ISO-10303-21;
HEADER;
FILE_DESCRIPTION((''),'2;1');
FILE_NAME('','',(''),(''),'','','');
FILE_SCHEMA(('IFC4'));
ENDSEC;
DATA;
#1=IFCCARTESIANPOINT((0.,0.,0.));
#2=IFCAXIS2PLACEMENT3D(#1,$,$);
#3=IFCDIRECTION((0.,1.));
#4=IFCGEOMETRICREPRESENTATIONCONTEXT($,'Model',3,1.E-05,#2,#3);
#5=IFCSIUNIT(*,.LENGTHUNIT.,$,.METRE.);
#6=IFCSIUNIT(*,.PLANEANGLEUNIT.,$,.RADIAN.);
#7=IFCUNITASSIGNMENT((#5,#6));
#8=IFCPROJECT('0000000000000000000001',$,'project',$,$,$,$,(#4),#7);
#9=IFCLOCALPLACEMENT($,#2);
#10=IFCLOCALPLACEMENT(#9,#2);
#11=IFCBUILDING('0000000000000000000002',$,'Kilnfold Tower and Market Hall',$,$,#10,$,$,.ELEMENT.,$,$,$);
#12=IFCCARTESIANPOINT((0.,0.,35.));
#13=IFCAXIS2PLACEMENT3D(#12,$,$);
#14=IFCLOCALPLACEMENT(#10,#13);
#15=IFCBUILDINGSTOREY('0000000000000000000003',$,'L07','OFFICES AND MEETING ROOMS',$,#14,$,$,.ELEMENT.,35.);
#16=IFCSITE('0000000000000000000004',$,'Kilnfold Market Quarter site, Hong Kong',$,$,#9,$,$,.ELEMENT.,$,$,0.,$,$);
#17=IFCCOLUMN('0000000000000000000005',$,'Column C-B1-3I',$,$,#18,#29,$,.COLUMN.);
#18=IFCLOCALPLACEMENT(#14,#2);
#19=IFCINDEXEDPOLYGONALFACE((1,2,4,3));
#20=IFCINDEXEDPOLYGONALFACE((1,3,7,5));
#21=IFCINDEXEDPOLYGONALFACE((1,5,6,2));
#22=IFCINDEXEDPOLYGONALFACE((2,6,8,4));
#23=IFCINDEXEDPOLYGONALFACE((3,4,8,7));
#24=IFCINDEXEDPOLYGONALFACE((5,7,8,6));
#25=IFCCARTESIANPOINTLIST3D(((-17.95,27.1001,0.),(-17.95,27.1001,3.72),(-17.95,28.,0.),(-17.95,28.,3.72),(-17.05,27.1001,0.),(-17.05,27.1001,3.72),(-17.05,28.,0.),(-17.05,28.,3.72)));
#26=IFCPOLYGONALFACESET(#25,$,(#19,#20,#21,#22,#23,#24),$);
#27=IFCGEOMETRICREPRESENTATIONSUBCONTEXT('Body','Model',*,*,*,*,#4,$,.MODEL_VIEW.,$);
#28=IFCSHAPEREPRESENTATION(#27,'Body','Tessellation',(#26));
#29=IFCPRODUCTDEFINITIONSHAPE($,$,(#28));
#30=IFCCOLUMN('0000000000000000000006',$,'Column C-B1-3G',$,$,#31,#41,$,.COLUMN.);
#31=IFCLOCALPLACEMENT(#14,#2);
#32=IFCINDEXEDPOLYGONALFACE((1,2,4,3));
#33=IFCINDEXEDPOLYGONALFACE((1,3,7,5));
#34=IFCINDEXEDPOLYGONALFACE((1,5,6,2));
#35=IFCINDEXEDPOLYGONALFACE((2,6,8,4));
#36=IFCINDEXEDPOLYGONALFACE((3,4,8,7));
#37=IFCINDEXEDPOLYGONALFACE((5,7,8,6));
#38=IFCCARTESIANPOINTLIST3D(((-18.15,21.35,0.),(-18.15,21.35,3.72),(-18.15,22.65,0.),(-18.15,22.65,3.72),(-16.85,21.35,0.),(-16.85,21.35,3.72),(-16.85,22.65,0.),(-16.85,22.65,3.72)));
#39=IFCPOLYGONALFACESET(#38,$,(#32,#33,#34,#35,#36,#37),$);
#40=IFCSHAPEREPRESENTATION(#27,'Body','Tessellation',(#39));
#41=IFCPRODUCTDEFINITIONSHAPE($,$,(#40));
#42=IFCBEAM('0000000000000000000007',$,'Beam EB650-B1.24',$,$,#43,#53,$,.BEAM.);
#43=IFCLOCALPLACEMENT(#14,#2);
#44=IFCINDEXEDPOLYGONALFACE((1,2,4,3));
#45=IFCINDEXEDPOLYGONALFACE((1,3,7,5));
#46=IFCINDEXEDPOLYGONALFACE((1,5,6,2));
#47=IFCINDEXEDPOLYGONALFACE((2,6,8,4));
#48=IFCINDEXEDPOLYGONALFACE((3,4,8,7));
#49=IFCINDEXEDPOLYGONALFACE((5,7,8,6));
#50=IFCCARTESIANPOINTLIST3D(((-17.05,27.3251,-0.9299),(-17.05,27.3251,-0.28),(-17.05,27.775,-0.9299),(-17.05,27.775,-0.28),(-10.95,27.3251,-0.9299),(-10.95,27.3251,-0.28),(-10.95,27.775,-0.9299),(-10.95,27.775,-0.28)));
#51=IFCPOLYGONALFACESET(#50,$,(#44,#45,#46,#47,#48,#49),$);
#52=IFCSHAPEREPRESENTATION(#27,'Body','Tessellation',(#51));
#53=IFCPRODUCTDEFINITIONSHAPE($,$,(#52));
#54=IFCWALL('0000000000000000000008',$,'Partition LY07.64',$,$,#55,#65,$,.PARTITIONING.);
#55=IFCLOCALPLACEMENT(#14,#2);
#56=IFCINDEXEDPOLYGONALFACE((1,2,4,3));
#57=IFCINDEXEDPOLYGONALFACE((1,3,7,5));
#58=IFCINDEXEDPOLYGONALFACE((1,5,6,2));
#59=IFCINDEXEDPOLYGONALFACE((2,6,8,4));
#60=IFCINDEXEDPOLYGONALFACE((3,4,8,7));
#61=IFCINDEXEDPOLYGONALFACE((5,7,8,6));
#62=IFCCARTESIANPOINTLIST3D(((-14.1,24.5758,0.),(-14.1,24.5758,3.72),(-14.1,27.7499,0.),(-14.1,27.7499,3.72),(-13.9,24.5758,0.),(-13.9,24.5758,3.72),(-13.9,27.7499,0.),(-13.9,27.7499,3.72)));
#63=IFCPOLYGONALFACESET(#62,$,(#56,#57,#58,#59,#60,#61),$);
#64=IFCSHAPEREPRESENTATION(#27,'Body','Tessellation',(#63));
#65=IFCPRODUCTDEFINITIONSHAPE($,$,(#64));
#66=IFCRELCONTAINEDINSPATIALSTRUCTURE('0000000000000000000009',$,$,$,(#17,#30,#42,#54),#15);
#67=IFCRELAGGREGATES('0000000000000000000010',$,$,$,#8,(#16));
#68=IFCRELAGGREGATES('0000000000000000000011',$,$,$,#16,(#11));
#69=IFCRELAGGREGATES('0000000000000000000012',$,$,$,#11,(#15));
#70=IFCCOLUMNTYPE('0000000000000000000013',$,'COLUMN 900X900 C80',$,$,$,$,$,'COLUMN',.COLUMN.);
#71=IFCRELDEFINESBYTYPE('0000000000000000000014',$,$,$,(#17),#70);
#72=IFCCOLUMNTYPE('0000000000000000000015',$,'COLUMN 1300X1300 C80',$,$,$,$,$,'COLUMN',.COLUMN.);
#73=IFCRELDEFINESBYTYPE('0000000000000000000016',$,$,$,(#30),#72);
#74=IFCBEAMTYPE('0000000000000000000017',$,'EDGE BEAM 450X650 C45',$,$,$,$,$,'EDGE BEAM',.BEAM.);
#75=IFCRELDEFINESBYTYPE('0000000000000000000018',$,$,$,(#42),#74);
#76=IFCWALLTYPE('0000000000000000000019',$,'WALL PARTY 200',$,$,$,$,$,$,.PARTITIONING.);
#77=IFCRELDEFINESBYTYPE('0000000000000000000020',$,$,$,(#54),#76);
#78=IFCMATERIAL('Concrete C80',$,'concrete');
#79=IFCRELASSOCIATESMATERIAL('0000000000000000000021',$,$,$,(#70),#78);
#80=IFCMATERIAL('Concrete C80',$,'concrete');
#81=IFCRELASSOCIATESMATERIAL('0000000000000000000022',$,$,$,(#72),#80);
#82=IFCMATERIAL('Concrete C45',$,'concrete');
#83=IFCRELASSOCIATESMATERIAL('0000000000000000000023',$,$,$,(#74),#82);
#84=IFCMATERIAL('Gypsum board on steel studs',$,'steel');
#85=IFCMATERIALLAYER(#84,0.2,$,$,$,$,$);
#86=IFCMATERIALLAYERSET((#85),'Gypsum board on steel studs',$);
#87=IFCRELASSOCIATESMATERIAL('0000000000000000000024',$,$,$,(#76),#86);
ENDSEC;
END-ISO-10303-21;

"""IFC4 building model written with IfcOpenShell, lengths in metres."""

from ifc_helpers import new_model, si_unit, direction, frame, frame_2d, origin, origin_2d, place, context, subcontext, project, spatial, rectangle, extrude, source, transform, mapped, material, layer, layer_set, material_profile, profile_set, type_object, element, save


model = new_model("IFC4")

# Units and contexts
model_context = context("Model", 3, precision=1e-05, world=origin(), true_north=direction((0.0, 1.0)))
body_context = subcontext(model_context, "Body", "Model", "MODEL_VIEW")
ifc_project = project(units=[si_unit("LENGTHUNIT", "METRE"), si_unit("PLANEANGLEUNIT", "RADIAN")], contexts=[model_context])

# Site, building, storey
site_placement = place(None, origin())
site = spatial("IfcSite", under=ifc_project, at=site_placement, Name="Kilnfold Market Quarter site, Hong Kong", CompositionType="ELEMENT", RefElevation=0.0)
building_placement = place(site_placement, origin())
building = spatial("IfcBuilding", under=site, at=building_placement, Name="Kilnfold Tower and Market Hall", CompositionType="ELEMENT")
storey_placement = place(building_placement, frame((0.0, 0.0, 35.0)))
storey = spatial("IfcBuildingStorey", under=building, at=storey_placement, Name="L07", Description="OFFICES AND MEETING ROOMS", CompositionType="ELEMENT", Elevation=35.0)

# Columns
ifc_material_1 = material(Name="Concrete C80", Category="concrete")
ifc_material_profile_1 = material_profile(ifc_material_1, rectangle(XDim=0.8999, YDim=0.8999, at=origin_2d()), Name="RC 900x900")
ifc_profile_set_1 = profile_set([ifc_material_profile_1], Name="Concrete C80")
column_type_1 = type_object("IfcColumnType", Name="COLUMN 900X900 C80", ElementType="COLUMN", PredefinedType="COLUMN", material=ifc_profile_set_1)
shared_shape_1 = source(origin(), body_context, "Body", "SweptSolid", [
    extrude(rectangle(XDim=0.8999, YDim=0.8999, at=origin_2d()), origin(), (0.0, 0.0, 1.0), 3.72),
])
column_1_placement = place(storey_placement, frame((-17.5, 27.55, 0.0), z_axis=(0.0, 0.0, 1.0), x_axis=(1.0, 0.0, 0.0)))
element("IfcColumn", 1, at=column_1_placement, inside=storey, type_object=column_type_1, Name="Column C-B1-3I", PredefinedType="COLUMN", context=body_context, shape_type="MappedRepresentation", body=[
    mapped(shared_shape_1, transform((0.0, 0.0, 0.0))),
])
ifc_material_2 = material(Name="Concrete C80", Category="concrete")
ifc_material_profile_2 = material_profile(ifc_material_2, rectangle(XDim=1.3, YDim=1.3, at=origin_2d()), Name="RC 1300x1300")
ifc_profile_set_2 = profile_set([ifc_material_profile_2], Name="Concrete C80")
column_type_2 = type_object("IfcColumnType", Name="COLUMN 1300X1300 C80", ElementType="COLUMN", PredefinedType="COLUMN", material=ifc_profile_set_2)
shared_shape_2 = source(origin(), body_context, "Body", "SweptSolid", [
    extrude(rectangle(XDim=1.3, YDim=1.3, at=origin_2d()), origin(), (0.0, 0.0, 1.0), 3.72),
])
column_2_placement = place(storey_placement, frame((-17.5, 22.0, 0.0), z_axis=(0.0, 0.0, 1.0), x_axis=(1.0, 0.0, 0.0)))
element("IfcColumn", 2, at=column_2_placement, inside=storey, type_object=column_type_2, Name="Column C-B1-3G", PredefinedType="COLUMN", context=body_context, shape_type="MappedRepresentation", body=[
    mapped(shared_shape_2, transform((0.0, 0.0, 0.0))),
])

# Beam
ifc_material_3 = material(Name="Concrete C45", Category="concrete")
ifc_material_profile_3 = material_profile(ifc_material_3, rectangle(XDim=0.45, YDim=0.6499, at=origin_2d()), Name="RC 450x650")
ifc_profile_set_3 = profile_set([ifc_material_profile_3], Name="Concrete C45")
beam_type = type_object("IfcBeamType", Name="EDGE BEAM 450X650 C45", ElementType="EDGE BEAM", PredefinedType="BEAM", material=ifc_profile_set_3)
shared_shape_3 = source(origin(), body_context, "Body", "SweptSolid", [
    extrude(rectangle(XDim=0.45, YDim=0.6499, at=origin_2d()), origin(), (0.0, 0.0, 1.0), 6.1001),
])
beam_placement = place(storey_placement, frame((-17.05, 27.55, -0.605), z_axis=(1.0, 0.0, 0.0), x_axis=(0.0, 1.0, 0.0)))
element("IfcBeam", 3, at=beam_placement, inside=storey, type_object=beam_type, Name="Beam EB650-B1.24", PredefinedType="BEAM", context=body_context, shape_type="MappedRepresentation", body=[
    mapped(shared_shape_3, transform((0.0, 0.0, 0.0))),
])

# Wall
ifc_material_4 = material(Name="Gypsum board on steel studs", Category="steel")
ifc_layer_1 = layer(ifc_material_4, 0.2)
ifc_layer_set_1 = layer_set([ifc_layer_1], Name="Gypsum board on steel studs")
wall_type_1 = type_object("IfcWallType", Name="WALL PARTY 200", PredefinedType="PARTITIONING", material=ifc_layer_set_1)
wall_1_placement = place(storey_placement, frame((-14.0, 24.5759, 0.0), z_axis=(0.0, 0.0, 1.0), x_axis=(0.0, 1.0, 0.0)))
element("IfcWall", 4, at=wall_1_placement, inside=storey, type_object=wall_type_1, Name="Partition LY07.64", PredefinedType="PARTITIONING", context=body_context, shape_type="SweptSolid", body=[
    extrude(rectangle(XDim=3.1741, YDim=0.2, at=frame_2d((1.5869, 0.0))), origin(), (0.0, 0.0, 1.0), 3.72),
])

save(model, "model.ifc")
